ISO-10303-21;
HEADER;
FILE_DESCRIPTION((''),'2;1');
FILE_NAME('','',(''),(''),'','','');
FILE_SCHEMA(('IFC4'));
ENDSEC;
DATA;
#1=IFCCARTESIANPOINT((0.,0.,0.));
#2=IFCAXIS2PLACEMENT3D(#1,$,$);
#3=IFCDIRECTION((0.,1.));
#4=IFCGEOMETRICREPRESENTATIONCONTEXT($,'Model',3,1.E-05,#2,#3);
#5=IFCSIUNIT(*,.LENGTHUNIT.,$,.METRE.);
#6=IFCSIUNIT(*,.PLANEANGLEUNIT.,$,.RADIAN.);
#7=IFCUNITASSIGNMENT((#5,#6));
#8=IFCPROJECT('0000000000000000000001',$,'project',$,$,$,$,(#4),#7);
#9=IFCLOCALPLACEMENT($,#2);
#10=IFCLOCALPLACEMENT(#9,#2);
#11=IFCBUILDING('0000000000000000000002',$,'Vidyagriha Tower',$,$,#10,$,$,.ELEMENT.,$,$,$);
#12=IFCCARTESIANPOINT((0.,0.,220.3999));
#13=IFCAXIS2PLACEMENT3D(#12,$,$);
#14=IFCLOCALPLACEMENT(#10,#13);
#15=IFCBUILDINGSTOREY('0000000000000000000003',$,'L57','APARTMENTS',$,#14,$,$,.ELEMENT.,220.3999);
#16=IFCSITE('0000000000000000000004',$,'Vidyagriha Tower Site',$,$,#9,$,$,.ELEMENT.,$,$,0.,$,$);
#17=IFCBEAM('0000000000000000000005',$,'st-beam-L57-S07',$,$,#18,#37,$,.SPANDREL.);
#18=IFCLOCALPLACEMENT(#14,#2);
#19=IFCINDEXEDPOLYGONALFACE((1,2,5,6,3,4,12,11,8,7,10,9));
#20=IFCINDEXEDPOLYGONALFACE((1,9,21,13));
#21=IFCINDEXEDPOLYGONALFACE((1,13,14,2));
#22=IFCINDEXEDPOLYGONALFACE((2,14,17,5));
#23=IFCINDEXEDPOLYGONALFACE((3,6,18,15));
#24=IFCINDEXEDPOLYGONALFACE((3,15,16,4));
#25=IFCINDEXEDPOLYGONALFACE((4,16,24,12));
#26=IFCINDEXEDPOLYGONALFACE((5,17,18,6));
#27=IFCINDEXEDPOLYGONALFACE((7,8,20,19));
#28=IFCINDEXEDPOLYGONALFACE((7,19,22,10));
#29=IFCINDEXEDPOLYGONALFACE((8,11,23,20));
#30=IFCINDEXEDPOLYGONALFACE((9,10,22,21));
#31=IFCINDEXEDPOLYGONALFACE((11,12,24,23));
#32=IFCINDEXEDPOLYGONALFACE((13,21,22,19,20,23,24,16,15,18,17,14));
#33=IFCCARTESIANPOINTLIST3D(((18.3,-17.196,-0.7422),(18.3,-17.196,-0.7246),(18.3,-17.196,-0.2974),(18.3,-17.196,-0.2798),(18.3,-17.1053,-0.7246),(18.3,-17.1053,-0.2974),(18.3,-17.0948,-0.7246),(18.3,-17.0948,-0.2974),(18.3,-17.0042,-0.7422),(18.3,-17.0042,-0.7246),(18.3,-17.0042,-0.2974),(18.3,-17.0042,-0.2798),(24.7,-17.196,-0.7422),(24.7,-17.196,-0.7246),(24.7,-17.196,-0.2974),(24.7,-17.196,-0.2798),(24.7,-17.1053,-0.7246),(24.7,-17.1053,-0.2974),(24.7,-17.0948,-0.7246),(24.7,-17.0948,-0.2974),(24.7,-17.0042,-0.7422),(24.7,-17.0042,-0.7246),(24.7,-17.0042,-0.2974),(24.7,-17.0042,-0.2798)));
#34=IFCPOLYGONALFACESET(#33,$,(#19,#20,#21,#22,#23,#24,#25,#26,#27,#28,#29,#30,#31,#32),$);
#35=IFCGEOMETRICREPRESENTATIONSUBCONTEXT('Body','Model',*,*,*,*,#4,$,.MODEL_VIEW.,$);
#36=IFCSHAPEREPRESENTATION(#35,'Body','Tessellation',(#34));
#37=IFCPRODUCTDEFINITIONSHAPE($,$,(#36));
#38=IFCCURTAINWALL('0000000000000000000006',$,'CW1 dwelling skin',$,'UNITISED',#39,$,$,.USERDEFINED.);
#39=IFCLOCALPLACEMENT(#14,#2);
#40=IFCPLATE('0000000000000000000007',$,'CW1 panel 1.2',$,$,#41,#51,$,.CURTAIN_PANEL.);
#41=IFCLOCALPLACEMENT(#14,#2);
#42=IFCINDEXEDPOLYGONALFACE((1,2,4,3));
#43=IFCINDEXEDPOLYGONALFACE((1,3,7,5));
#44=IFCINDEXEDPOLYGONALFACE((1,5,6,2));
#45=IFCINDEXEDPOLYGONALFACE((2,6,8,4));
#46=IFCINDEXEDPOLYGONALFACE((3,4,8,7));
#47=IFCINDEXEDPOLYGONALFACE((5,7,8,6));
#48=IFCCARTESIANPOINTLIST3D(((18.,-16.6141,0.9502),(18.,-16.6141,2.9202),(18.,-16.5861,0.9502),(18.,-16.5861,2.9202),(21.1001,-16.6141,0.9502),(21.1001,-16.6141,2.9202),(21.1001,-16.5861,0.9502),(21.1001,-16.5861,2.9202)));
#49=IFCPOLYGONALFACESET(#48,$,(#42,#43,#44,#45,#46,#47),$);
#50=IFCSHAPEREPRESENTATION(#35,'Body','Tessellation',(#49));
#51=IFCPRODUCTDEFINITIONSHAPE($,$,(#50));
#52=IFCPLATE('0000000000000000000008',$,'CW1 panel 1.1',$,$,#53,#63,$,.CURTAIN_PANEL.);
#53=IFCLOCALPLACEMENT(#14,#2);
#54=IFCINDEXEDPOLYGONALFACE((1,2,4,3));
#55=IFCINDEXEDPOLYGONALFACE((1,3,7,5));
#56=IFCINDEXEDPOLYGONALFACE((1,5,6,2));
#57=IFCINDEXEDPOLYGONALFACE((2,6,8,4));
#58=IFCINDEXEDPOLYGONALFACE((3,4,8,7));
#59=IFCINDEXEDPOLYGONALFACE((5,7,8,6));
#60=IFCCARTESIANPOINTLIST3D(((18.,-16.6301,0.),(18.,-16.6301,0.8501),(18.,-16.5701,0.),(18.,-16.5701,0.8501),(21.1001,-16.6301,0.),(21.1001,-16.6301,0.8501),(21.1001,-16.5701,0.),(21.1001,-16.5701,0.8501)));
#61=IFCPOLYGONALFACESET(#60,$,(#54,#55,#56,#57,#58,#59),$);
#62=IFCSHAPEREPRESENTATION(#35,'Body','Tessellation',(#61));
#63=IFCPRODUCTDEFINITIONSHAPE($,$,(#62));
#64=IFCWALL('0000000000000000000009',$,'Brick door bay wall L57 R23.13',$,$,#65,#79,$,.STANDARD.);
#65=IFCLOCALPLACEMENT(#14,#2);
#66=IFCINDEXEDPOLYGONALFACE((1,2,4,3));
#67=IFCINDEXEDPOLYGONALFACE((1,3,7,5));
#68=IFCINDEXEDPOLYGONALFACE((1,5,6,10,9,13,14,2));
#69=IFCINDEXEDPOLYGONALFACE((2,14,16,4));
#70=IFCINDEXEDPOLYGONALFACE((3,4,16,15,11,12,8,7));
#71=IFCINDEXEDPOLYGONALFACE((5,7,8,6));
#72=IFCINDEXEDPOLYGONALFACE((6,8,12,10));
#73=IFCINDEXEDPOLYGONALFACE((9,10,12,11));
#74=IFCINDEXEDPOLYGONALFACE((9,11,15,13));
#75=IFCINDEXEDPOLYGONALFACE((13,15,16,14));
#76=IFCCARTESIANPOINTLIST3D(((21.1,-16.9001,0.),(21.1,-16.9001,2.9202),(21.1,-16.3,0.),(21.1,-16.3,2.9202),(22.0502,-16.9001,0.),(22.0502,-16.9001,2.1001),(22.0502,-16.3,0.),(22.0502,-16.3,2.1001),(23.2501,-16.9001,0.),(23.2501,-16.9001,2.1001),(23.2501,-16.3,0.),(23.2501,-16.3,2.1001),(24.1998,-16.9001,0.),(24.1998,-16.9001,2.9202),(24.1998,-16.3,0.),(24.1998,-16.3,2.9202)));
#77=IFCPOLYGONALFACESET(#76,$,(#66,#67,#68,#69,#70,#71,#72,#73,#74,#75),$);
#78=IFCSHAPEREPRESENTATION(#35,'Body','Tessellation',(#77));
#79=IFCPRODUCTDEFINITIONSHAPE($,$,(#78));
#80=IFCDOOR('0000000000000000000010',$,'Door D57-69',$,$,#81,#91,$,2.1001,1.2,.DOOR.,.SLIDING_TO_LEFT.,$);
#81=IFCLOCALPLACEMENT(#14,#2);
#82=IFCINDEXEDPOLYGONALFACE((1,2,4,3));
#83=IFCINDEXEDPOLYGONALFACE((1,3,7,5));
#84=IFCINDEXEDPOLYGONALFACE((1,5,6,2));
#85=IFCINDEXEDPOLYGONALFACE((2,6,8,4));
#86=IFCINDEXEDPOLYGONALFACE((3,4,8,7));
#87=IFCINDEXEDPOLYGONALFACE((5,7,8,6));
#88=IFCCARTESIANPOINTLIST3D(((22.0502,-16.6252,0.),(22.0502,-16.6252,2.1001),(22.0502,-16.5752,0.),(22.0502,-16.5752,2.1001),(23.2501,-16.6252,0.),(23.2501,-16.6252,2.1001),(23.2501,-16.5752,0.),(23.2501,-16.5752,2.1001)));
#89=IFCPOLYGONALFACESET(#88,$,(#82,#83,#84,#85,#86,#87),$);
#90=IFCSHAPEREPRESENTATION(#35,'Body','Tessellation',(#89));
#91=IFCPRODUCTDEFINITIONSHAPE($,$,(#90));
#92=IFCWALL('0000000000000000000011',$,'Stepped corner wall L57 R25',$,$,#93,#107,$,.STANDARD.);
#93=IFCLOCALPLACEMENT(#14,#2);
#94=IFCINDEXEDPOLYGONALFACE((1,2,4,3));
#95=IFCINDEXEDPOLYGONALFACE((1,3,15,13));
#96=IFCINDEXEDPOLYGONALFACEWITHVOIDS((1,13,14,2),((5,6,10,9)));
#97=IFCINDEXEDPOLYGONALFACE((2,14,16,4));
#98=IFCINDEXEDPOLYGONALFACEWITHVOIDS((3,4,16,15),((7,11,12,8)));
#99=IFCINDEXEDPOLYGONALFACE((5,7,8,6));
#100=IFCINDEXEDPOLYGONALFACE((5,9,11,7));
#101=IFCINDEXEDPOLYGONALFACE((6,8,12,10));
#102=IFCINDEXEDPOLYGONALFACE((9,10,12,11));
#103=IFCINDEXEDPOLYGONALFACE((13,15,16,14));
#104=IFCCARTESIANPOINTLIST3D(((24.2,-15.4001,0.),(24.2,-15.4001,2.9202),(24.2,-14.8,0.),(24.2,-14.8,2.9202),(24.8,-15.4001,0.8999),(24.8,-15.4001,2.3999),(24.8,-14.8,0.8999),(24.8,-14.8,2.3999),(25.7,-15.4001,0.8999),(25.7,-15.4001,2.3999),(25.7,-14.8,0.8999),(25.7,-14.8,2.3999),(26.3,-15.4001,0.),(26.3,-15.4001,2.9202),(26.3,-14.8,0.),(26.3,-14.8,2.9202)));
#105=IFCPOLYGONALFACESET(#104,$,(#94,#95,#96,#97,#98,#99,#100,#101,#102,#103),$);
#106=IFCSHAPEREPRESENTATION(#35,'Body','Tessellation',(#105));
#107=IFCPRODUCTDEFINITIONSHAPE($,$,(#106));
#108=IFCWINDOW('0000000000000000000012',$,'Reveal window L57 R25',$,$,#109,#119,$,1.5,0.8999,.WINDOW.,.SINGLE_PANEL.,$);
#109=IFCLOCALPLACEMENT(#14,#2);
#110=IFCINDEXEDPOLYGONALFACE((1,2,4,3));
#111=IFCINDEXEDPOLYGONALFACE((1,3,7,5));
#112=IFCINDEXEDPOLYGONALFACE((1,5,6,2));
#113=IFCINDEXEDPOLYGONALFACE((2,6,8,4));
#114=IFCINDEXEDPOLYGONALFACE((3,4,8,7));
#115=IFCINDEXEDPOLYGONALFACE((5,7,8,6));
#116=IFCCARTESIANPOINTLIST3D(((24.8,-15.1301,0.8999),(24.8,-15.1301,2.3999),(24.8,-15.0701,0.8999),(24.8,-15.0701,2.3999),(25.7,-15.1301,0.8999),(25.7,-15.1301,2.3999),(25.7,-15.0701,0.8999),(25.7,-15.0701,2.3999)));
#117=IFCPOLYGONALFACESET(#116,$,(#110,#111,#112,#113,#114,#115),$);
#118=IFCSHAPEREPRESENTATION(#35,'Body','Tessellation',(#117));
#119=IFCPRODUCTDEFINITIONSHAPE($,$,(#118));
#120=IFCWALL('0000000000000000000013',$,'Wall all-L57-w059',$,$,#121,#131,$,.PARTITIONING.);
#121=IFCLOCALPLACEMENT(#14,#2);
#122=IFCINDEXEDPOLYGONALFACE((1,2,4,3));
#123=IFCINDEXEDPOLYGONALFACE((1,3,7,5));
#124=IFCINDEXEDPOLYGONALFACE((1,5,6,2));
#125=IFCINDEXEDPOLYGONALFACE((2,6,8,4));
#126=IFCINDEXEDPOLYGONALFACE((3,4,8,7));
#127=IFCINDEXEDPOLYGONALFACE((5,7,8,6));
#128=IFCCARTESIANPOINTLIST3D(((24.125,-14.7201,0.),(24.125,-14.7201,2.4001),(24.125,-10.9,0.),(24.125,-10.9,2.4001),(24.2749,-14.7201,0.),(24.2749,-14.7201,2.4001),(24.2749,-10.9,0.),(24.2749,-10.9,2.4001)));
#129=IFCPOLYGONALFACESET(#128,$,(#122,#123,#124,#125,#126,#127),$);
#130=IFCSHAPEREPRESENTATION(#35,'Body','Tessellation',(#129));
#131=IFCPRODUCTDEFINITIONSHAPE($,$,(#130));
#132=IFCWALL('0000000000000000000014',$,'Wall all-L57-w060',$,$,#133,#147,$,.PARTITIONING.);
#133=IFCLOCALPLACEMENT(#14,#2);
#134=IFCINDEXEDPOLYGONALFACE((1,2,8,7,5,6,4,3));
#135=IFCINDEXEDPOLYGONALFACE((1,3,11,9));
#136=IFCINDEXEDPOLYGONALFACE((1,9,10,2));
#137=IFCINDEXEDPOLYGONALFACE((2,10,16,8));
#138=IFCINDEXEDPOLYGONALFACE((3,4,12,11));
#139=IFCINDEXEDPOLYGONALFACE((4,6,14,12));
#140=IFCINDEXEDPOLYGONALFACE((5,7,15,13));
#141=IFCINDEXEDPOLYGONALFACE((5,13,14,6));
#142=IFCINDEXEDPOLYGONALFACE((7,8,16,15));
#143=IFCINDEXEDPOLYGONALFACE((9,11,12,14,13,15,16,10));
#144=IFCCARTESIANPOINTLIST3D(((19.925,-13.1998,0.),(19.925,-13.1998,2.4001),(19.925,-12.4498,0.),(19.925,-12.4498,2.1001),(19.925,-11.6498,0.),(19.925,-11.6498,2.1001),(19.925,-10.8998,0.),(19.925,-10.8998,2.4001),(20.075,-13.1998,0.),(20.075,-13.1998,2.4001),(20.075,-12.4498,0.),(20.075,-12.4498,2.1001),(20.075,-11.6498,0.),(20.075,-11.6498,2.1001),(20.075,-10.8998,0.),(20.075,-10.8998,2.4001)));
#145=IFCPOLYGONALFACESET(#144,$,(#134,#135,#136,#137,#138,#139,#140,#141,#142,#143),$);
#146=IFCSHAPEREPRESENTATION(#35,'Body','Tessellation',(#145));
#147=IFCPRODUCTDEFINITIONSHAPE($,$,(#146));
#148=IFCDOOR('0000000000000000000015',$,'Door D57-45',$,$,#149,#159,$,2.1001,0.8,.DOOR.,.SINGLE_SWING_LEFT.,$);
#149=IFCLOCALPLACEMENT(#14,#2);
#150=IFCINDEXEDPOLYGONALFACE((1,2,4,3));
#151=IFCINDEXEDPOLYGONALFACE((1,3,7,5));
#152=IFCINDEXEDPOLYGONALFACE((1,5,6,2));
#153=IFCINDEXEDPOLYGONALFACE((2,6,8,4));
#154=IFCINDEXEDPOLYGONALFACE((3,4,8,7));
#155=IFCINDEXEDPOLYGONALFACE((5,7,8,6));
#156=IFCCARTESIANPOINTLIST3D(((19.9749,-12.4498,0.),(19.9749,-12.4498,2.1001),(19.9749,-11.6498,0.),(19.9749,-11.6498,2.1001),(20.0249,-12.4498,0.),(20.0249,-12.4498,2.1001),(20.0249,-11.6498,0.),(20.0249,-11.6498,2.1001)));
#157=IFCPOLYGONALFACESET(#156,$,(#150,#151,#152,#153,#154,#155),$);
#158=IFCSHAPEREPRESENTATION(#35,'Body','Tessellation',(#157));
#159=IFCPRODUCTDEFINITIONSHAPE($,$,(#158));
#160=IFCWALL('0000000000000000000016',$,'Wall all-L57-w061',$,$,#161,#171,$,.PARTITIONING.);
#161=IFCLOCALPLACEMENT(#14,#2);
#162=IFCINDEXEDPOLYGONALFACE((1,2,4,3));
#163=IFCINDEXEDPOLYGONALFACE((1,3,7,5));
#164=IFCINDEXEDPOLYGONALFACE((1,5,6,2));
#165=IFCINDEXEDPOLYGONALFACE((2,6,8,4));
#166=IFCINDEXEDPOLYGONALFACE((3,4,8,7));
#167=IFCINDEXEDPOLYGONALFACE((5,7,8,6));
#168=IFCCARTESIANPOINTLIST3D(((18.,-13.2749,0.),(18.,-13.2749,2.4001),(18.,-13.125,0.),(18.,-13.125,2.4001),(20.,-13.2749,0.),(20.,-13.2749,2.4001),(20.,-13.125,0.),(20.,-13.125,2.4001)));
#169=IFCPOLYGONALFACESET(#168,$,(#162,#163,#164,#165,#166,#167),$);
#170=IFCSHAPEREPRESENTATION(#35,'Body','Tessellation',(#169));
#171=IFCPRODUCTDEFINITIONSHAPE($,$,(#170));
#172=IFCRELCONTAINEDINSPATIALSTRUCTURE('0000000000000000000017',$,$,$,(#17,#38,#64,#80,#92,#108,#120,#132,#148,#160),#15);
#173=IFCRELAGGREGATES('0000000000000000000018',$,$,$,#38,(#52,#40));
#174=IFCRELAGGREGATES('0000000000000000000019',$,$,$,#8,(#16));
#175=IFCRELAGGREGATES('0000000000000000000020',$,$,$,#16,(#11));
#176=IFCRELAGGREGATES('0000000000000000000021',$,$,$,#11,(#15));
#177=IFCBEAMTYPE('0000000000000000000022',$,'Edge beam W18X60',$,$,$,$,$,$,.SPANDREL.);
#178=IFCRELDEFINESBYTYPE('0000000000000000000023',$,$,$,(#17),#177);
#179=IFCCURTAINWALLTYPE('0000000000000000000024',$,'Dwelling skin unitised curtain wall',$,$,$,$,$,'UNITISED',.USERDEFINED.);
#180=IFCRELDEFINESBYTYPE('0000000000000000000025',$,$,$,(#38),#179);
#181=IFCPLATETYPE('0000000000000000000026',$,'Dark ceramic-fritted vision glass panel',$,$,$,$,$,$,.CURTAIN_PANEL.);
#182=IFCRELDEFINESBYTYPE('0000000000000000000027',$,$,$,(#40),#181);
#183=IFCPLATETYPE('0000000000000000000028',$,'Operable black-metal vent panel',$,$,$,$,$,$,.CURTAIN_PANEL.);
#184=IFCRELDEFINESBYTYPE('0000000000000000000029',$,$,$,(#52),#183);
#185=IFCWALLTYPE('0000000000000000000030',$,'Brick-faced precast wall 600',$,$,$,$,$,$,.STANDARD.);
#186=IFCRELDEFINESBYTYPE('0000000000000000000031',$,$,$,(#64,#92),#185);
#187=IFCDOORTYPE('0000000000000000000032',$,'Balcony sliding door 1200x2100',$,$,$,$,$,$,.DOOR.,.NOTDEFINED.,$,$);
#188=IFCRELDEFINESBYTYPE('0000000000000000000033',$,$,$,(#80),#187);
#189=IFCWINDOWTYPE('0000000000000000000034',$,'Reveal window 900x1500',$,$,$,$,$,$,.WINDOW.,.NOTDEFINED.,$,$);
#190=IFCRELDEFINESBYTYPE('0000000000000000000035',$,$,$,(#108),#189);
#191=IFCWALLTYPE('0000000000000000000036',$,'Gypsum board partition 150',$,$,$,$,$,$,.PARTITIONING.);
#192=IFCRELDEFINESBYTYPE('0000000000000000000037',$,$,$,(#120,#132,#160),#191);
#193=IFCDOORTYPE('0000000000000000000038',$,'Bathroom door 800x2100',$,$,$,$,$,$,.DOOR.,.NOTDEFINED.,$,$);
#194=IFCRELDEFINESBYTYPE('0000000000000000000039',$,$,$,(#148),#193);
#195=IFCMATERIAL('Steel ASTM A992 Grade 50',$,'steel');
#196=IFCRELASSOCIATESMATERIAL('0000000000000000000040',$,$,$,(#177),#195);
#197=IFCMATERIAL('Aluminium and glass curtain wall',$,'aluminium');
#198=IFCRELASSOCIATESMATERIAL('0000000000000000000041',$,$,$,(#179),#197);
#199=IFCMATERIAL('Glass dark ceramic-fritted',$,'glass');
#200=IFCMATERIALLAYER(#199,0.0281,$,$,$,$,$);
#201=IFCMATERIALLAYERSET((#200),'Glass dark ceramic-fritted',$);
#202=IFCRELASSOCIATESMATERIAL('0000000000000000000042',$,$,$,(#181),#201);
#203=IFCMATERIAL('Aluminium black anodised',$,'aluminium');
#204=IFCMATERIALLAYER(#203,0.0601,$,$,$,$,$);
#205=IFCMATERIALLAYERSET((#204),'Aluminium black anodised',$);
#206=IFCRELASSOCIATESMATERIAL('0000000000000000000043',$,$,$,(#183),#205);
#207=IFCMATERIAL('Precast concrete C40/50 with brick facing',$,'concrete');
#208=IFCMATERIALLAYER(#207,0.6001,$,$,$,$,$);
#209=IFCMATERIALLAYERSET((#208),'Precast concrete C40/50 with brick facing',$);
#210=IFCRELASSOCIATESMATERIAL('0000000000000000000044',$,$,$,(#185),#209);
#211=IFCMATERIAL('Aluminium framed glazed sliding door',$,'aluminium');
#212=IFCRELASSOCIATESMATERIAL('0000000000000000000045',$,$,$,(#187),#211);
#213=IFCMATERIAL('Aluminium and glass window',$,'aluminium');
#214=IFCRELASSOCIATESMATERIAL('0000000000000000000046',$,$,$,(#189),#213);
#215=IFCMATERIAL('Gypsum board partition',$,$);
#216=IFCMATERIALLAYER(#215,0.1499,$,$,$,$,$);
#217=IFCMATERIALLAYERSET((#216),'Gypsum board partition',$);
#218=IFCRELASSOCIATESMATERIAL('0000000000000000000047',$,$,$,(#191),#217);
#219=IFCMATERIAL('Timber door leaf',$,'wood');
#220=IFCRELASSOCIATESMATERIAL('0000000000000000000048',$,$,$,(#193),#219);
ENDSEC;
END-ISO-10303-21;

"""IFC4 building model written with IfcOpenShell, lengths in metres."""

from ifc_helpers import new_model, si_unit, direction, frame, frame_2d, origin, origin_2d, place, context, subcontext, project, spatial, rectangle, i_section, extrude, material, layer, layer_set, material_profile, profile_set, type_object, element, fill, aggregate, save


model = new_model("IFC4")

# Units and contexts
model_context = context("Model", 3, precision=1e-05, world=origin(), true_north=direction((0.0, 1.0)))
body_context = subcontext(model_context, "Body", "Model", "MODEL_VIEW")
ifc_project = project(units=[si_unit("LENGTHUNIT", "METRE"), si_unit("PLANEANGLEUNIT", "RADIAN")], contexts=[model_context])

# Site, building, storey
site_placement = place(None, origin())
site = spatial("IfcSite", under=ifc_project, at=site_placement, Name="Vidyagriha Tower Site", CompositionType="ELEMENT", RefElevation=0.0)
building_placement = place(site_placement, origin())
building = spatial("IfcBuilding", under=site, at=building_placement, Name="Vidyagriha Tower", CompositionType="ELEMENT")
storey_placement = place(building_placement, frame((0.0, 0.0, 220.3999)))
storey = spatial("IfcBuildingStorey", under=building, at=storey_placement, Name="L57", Description="APARTMENTS", CompositionType="ELEMENT", Elevation=220.3999)

# Beam
ifc_material_1 = material(Name="Steel ASTM A992 Grade 50", Category="steel")
ifc_material_profile = material_profile(ifc_material_1, i_section(OverallWidth=0.1919, OverallDepth=0.4624, WebThickness=0.0105, FlangeThickness=0.0176, at=origin_2d()), Name="W18X60")
ifc_profile_set = profile_set([ifc_material_profile], Name="Steel ASTM A992 Grade 50")
beam_type = type_object("IfcBeamType", Name="Edge beam W18X60", PredefinedType="SPANDREL", material=ifc_profile_set)
beam_placement = place(storey_placement, frame((18.3, -17.1001, -0.511), z_axis=(1.0, 0.0, 0.0), x_axis=(0.0, 1.0, 0.0)))
element("IfcBeam", 1, at=beam_placement, inside=storey, type_object=beam_type, Name="st-beam-L57-S07", PredefinedType="SPANDREL", context=body_context, shape_type="SweptSolid", body=[
    extrude(i_section(OverallWidth=0.1919, OverallDepth=0.4624, WebThickness=0.0105, FlangeThickness=0.0176, at=origin_2d()), origin(), (0.0, 0.0, 1.0), 6.3999),
])

# Curtain wall, plates
ifc_material_2 = material(Name="Aluminium and glass curtain wall", Category="aluminium")
curtain_wall_type = type_object("IfcCurtainWallType", Name="Dwelling skin unitised curtain wall", ElementType="UNITISED", PredefinedType="USERDEFINED", material=ifc_material_2)
curtain_wall_placement = place(storey_placement, origin())
curtain_wall = element("IfcCurtainWall", 2, at=curtain_wall_placement, inside=storey, type_object=curtain_wall_type, Name="CW1 dwelling skin", ObjectType="UNITISED", PredefinedType="USERDEFINED")
ifc_material_3 = material(Name="Glass dark ceramic-fritted", Category="glass")
ifc_layer_1 = layer(ifc_material_3, 0.0281)
ifc_layer_set_1 = layer_set([ifc_layer_1], Name="Glass dark ceramic-fritted")
plate_type_1 = type_object("IfcPlateType", Name="Dark ceramic-fritted vision glass panel", PredefinedType="CURTAIN_PANEL", material=ifc_layer_set_1)
plate_1_placement = place(storey_placement, frame((19.55, -16.6001, 0.9502)))
plate_1 = element("IfcPlate", 3, at=plate_1_placement, type_object=plate_type_1, Name="CW1 panel 1.2", PredefinedType="CURTAIN_PANEL", context=body_context, shape_type="SweptSolid", body=[
    extrude(rectangle(XDim=3.1001, YDim=0.0281, at=origin_2d()), origin(), (0.0, 0.0, 1.0), 1.97),
])
ifc_material_4 = material(Name="Aluminium black anodised", Category="aluminium")
ifc_layer_2 = layer(ifc_material_4, 0.0601)
ifc_layer_set_2 = layer_set([ifc_layer_2], Name="Aluminium black anodised")
plate_type_2 = type_object("IfcPlateType", Name="Operable black-metal vent panel", PredefinedType="CURTAIN_PANEL", material=ifc_layer_set_2)
plate_2_placement = place(storey_placement, frame((19.55, -16.6001, 0.0)))
plate_2 = element("IfcPlate", 4, at=plate_2_placement, type_object=plate_type_2, Name="CW1 panel 1.1", PredefinedType="CURTAIN_PANEL", context=body_context, shape_type="SweptSolid", body=[
    extrude(rectangle(XDim=3.1001, YDim=0.0601, at=origin_2d()), origin(), (0.0, 0.0, 1.0), 0.8501),
])
aggregate(curtain_wall, [plate_2, plate_1])

# Wall, opening, door
ifc_material_5 = material(Name="Precast concrete C40/50 with brick facing", Category="concrete")
ifc_layer_3 = layer(ifc_material_5, 0.6001)
ifc_layer_set_3 = layer_set([ifc_layer_3], Name="Precast concrete C40/50 with brick facing")
wall_type_1 = type_object("IfcWallType", Name="Brick-faced precast wall 600", PredefinedType="STANDARD", material=ifc_layer_set_3)
wall_1_placement = place(storey_placement, frame((21.1001, -16.6001, 0.0)))
wall_1 = element("IfcWall", 5, at=wall_1_placement, inside=storey, type_object=wall_type_1, Name="Brick door bay wall L57 R23.13", PredefinedType="STANDARD", context=body_context, shape_type="SweptSolid", body=[
    extrude(rectangle(XDim=3.0999, YDim=0.6001, at=frame_2d((1.5498, 0.0))), origin(), (0.0, 0.0, 1.0), 2.9202),
])
opening_1_placement = place(wall_1_placement, frame((0.95, 0.0, 0.0)))
opening_1 = element("IfcOpeningElement", 6, at=opening_1_placement, cuts=wall_1, PredefinedType="OPENING", context=body_context, shape_type="SweptSolid", body=[
    extrude(rectangle(XDim=1.2, YDim=2.1001, at=frame_2d((0.6001, 1.05))), frame((0.0, 0.3101, 0.0), z_axis=(0.0, -1.0, 0.0), x_axis=(1.0, 0.0, 0.0)), (0.0, 0.0, 1.0), 0.6201),
])
ifc_material_6 = material(Name="Aluminium framed glazed sliding door", Category="aluminium")
door_type_1 = type_object("IfcDoorType", Name="Balcony sliding door 1200x2100", OperationType="NOTDEFINED", PredefinedType="DOOR", material=ifc_material_6)
door_1_placement = place(opening_1_placement, origin())
door_1 = element("IfcDoor", 7, at=door_1_placement, inside=storey, type_object=door_type_1, Name="Door D57-69", OperationType="SLIDING_TO_LEFT", OverallHeight=2.1001, OverallWidth=1.2, PredefinedType="DOOR", context=body_context, shape_type="SweptSolid", body=[
    extrude(rectangle(XDim=1.2, YDim=2.1001, at=frame_2d((0.6001, 1.05))), frame((0.0, 0.0249, 0.0), z_axis=(0.0, -1.0, 0.0), x_axis=(1.0, 0.0, 0.0)), (0.0, 0.0, 1.0), 0.05),
])
fill(opening_1, door_1)

# Wall, opening, window
wall_2_placement = place(storey_placement, frame((24.2, -15.1001, 0.0)))
wall_2 = element("IfcWall", 8, at=wall_2_placement, inside=storey, type_object=wall_type_1, Name="Stepped corner wall L57 R25", PredefinedType="STANDARD", context=body_context, shape_type="SweptSolid", body=[
    extrude(rectangle(XDim=2.1001, YDim=0.6001, at=frame_2d((1.05, 0.0))), origin(), (0.0, 0.0, 1.0), 2.9202),
])
opening_2_placement = place(wall_2_placement, frame((0.6001, 0.0, 0.8999)))
opening_2 = element("IfcOpeningElement", 9, at=opening_2_placement, cuts=wall_2, PredefinedType="OPENING", context=body_context, shape_type="SweptSolid", body=[
    extrude(rectangle(XDim=0.8999, YDim=1.5, at=frame_2d((0.45, 0.75))), frame((0.0, 0.3101, 0.0), z_axis=(0.0, -1.0, 0.0), x_axis=(1.0, 0.0, 0.0)), (0.0, 0.0, 1.0), 0.6201),
])
ifc_material_7 = material(Name="Aluminium and glass window", Category="aluminium")
window_type = type_object("IfcWindowType", Name="Reveal window 900x1500", PartitioningType="NOTDEFINED", PredefinedType="WINDOW", material=ifc_material_7)
window_placement = place(opening_2_placement, origin())
window = element("IfcWindow", 10, at=window_placement, inside=storey, type_object=window_type, Name="Reveal window L57 R25", OverallHeight=1.5, OverallWidth=0.8999, PartitioningType="SINGLE_PANEL", PredefinedType="WINDOW", context=body_context, shape_type="SweptSolid", body=[
    extrude(rectangle(XDim=0.8999, YDim=1.5, at=frame_2d((0.45, 0.75))), frame((0.0, 0.03, 0.0), z_axis=(0.0, -1.0, 0.0), x_axis=(1.0, 0.0, 0.0)), (0.0, 0.0, 1.0), 0.0601),
])
fill(opening_2, window)

# Wall
ifc_material_8 = material(Name="Gypsum board partition")
ifc_layer_4 = layer(ifc_material_8, 0.1499)
ifc_layer_set_4 = layer_set([ifc_layer_4], Name="Gypsum board partition")
wall_type_2 = type_object("IfcWallType", Name="Gypsum board partition 150", PredefinedType="PARTITIONING", material=ifc_layer_set_4)
wall_3_placement = place(storey_placement, frame((24.2, -10.8999, 0.0), z_axis=(0.0, 0.0, 1.0), x_axis=(0.0, -1.0, 0.0)))
element("IfcWall", 11, at=wall_3_placement, inside=storey, type_object=wall_type_2, Name="Wall all-L57-w059", PredefinedType="PARTITIONING", context=body_context, shape_type="SweptSolid", body=[
    extrude(rectangle(XDim=3.8201, YDim=0.1499, at=frame_2d((1.9102, 0.0))), origin(), (0.0, 0.0, 1.0), 2.4001),
])

# Wall, opening, door
wall_4_placement = place(storey_placement, frame((20.0, -10.8999, 0.0), z_axis=(0.0, 0.0, 1.0), x_axis=(0.0, -1.0, 0.0)))
wall_4 = element("IfcWall", 12, at=wall_4_placement, inside=storey, type_object=wall_type_2, Name="Wall all-L57-w060", PredefinedType="PARTITIONING", context=body_context, shape_type="SweptSolid", body=[
    extrude(rectangle(XDim=2.3, YDim=0.1499, at=frame_2d((1.1499, 0.0))), origin(), (0.0, 0.0, 1.0), 2.4001),
])
opening_3_placement = place(wall_4_placement, frame((0.75, 0.0, 0.0)))
opening_3 = element("IfcOpeningElement", 13, at=opening_3_placement, cuts=wall_4, PredefinedType="OPENING", context=body_context, shape_type="SweptSolid", body=[
    extrude(rectangle(XDim=0.8, YDim=2.1001, at=frame_2d((0.3999, 1.05))), frame((0.0, 0.085, 0.0), z_axis=(0.0, -1.0, 0.0), x_axis=(1.0, 0.0, 0.0)), (0.0, 0.0, 1.0), 0.1699),
])
ifc_material_9 = material(Name="Timber door leaf", Category="wood")
door_type_2 = type_object("IfcDoorType", Name="Bathroom door 800x2100", OperationType="NOTDEFINED", PredefinedType="DOOR", material=ifc_material_9)
door_2_placement = place(opening_3_placement, origin())
door_2 = element("IfcDoor", 14, at=door_2_placement, inside=storey, type_object=door_type_2, Name="Door D57-45", OperationType="SINGLE_SWING_LEFT", OverallHeight=2.1001, OverallWidth=0.8, PredefinedType="DOOR", context=body_context, shape_type="SweptSolid", body=[
    extrude(rectangle(XDim=0.8, YDim=2.1001, at=frame_2d((0.3999, 1.05))), frame((0.0, 0.0249, 0.0), z_axis=(0.0, -1.0, 0.0), x_axis=(1.0, 0.0, 0.0)), (0.0, 0.0, 1.0), 0.05),
])
fill(opening_3, door_2)

# Wall
wall_5_placement = place(storey_placement, frame((20.0, -13.2, 0.0), z_axis=(0.0, 0.0, 1.0), x_axis=(-1.0, 0.0, 0.0)))
element("IfcWall", 15, at=wall_5_placement, inside=storey, type_object=wall_type_2, Name="Wall all-L57-w061", PredefinedType="PARTITIONING", context=body_context, shape_type="SweptSolid", body=[
    extrude(rectangle(XDim=2.0, YDim=0.1499, at=frame_2d((1.0, 0.0))), origin(), (0.0, 0.0, 1.0), 2.4001),
])

save(model, "model.ifc")
